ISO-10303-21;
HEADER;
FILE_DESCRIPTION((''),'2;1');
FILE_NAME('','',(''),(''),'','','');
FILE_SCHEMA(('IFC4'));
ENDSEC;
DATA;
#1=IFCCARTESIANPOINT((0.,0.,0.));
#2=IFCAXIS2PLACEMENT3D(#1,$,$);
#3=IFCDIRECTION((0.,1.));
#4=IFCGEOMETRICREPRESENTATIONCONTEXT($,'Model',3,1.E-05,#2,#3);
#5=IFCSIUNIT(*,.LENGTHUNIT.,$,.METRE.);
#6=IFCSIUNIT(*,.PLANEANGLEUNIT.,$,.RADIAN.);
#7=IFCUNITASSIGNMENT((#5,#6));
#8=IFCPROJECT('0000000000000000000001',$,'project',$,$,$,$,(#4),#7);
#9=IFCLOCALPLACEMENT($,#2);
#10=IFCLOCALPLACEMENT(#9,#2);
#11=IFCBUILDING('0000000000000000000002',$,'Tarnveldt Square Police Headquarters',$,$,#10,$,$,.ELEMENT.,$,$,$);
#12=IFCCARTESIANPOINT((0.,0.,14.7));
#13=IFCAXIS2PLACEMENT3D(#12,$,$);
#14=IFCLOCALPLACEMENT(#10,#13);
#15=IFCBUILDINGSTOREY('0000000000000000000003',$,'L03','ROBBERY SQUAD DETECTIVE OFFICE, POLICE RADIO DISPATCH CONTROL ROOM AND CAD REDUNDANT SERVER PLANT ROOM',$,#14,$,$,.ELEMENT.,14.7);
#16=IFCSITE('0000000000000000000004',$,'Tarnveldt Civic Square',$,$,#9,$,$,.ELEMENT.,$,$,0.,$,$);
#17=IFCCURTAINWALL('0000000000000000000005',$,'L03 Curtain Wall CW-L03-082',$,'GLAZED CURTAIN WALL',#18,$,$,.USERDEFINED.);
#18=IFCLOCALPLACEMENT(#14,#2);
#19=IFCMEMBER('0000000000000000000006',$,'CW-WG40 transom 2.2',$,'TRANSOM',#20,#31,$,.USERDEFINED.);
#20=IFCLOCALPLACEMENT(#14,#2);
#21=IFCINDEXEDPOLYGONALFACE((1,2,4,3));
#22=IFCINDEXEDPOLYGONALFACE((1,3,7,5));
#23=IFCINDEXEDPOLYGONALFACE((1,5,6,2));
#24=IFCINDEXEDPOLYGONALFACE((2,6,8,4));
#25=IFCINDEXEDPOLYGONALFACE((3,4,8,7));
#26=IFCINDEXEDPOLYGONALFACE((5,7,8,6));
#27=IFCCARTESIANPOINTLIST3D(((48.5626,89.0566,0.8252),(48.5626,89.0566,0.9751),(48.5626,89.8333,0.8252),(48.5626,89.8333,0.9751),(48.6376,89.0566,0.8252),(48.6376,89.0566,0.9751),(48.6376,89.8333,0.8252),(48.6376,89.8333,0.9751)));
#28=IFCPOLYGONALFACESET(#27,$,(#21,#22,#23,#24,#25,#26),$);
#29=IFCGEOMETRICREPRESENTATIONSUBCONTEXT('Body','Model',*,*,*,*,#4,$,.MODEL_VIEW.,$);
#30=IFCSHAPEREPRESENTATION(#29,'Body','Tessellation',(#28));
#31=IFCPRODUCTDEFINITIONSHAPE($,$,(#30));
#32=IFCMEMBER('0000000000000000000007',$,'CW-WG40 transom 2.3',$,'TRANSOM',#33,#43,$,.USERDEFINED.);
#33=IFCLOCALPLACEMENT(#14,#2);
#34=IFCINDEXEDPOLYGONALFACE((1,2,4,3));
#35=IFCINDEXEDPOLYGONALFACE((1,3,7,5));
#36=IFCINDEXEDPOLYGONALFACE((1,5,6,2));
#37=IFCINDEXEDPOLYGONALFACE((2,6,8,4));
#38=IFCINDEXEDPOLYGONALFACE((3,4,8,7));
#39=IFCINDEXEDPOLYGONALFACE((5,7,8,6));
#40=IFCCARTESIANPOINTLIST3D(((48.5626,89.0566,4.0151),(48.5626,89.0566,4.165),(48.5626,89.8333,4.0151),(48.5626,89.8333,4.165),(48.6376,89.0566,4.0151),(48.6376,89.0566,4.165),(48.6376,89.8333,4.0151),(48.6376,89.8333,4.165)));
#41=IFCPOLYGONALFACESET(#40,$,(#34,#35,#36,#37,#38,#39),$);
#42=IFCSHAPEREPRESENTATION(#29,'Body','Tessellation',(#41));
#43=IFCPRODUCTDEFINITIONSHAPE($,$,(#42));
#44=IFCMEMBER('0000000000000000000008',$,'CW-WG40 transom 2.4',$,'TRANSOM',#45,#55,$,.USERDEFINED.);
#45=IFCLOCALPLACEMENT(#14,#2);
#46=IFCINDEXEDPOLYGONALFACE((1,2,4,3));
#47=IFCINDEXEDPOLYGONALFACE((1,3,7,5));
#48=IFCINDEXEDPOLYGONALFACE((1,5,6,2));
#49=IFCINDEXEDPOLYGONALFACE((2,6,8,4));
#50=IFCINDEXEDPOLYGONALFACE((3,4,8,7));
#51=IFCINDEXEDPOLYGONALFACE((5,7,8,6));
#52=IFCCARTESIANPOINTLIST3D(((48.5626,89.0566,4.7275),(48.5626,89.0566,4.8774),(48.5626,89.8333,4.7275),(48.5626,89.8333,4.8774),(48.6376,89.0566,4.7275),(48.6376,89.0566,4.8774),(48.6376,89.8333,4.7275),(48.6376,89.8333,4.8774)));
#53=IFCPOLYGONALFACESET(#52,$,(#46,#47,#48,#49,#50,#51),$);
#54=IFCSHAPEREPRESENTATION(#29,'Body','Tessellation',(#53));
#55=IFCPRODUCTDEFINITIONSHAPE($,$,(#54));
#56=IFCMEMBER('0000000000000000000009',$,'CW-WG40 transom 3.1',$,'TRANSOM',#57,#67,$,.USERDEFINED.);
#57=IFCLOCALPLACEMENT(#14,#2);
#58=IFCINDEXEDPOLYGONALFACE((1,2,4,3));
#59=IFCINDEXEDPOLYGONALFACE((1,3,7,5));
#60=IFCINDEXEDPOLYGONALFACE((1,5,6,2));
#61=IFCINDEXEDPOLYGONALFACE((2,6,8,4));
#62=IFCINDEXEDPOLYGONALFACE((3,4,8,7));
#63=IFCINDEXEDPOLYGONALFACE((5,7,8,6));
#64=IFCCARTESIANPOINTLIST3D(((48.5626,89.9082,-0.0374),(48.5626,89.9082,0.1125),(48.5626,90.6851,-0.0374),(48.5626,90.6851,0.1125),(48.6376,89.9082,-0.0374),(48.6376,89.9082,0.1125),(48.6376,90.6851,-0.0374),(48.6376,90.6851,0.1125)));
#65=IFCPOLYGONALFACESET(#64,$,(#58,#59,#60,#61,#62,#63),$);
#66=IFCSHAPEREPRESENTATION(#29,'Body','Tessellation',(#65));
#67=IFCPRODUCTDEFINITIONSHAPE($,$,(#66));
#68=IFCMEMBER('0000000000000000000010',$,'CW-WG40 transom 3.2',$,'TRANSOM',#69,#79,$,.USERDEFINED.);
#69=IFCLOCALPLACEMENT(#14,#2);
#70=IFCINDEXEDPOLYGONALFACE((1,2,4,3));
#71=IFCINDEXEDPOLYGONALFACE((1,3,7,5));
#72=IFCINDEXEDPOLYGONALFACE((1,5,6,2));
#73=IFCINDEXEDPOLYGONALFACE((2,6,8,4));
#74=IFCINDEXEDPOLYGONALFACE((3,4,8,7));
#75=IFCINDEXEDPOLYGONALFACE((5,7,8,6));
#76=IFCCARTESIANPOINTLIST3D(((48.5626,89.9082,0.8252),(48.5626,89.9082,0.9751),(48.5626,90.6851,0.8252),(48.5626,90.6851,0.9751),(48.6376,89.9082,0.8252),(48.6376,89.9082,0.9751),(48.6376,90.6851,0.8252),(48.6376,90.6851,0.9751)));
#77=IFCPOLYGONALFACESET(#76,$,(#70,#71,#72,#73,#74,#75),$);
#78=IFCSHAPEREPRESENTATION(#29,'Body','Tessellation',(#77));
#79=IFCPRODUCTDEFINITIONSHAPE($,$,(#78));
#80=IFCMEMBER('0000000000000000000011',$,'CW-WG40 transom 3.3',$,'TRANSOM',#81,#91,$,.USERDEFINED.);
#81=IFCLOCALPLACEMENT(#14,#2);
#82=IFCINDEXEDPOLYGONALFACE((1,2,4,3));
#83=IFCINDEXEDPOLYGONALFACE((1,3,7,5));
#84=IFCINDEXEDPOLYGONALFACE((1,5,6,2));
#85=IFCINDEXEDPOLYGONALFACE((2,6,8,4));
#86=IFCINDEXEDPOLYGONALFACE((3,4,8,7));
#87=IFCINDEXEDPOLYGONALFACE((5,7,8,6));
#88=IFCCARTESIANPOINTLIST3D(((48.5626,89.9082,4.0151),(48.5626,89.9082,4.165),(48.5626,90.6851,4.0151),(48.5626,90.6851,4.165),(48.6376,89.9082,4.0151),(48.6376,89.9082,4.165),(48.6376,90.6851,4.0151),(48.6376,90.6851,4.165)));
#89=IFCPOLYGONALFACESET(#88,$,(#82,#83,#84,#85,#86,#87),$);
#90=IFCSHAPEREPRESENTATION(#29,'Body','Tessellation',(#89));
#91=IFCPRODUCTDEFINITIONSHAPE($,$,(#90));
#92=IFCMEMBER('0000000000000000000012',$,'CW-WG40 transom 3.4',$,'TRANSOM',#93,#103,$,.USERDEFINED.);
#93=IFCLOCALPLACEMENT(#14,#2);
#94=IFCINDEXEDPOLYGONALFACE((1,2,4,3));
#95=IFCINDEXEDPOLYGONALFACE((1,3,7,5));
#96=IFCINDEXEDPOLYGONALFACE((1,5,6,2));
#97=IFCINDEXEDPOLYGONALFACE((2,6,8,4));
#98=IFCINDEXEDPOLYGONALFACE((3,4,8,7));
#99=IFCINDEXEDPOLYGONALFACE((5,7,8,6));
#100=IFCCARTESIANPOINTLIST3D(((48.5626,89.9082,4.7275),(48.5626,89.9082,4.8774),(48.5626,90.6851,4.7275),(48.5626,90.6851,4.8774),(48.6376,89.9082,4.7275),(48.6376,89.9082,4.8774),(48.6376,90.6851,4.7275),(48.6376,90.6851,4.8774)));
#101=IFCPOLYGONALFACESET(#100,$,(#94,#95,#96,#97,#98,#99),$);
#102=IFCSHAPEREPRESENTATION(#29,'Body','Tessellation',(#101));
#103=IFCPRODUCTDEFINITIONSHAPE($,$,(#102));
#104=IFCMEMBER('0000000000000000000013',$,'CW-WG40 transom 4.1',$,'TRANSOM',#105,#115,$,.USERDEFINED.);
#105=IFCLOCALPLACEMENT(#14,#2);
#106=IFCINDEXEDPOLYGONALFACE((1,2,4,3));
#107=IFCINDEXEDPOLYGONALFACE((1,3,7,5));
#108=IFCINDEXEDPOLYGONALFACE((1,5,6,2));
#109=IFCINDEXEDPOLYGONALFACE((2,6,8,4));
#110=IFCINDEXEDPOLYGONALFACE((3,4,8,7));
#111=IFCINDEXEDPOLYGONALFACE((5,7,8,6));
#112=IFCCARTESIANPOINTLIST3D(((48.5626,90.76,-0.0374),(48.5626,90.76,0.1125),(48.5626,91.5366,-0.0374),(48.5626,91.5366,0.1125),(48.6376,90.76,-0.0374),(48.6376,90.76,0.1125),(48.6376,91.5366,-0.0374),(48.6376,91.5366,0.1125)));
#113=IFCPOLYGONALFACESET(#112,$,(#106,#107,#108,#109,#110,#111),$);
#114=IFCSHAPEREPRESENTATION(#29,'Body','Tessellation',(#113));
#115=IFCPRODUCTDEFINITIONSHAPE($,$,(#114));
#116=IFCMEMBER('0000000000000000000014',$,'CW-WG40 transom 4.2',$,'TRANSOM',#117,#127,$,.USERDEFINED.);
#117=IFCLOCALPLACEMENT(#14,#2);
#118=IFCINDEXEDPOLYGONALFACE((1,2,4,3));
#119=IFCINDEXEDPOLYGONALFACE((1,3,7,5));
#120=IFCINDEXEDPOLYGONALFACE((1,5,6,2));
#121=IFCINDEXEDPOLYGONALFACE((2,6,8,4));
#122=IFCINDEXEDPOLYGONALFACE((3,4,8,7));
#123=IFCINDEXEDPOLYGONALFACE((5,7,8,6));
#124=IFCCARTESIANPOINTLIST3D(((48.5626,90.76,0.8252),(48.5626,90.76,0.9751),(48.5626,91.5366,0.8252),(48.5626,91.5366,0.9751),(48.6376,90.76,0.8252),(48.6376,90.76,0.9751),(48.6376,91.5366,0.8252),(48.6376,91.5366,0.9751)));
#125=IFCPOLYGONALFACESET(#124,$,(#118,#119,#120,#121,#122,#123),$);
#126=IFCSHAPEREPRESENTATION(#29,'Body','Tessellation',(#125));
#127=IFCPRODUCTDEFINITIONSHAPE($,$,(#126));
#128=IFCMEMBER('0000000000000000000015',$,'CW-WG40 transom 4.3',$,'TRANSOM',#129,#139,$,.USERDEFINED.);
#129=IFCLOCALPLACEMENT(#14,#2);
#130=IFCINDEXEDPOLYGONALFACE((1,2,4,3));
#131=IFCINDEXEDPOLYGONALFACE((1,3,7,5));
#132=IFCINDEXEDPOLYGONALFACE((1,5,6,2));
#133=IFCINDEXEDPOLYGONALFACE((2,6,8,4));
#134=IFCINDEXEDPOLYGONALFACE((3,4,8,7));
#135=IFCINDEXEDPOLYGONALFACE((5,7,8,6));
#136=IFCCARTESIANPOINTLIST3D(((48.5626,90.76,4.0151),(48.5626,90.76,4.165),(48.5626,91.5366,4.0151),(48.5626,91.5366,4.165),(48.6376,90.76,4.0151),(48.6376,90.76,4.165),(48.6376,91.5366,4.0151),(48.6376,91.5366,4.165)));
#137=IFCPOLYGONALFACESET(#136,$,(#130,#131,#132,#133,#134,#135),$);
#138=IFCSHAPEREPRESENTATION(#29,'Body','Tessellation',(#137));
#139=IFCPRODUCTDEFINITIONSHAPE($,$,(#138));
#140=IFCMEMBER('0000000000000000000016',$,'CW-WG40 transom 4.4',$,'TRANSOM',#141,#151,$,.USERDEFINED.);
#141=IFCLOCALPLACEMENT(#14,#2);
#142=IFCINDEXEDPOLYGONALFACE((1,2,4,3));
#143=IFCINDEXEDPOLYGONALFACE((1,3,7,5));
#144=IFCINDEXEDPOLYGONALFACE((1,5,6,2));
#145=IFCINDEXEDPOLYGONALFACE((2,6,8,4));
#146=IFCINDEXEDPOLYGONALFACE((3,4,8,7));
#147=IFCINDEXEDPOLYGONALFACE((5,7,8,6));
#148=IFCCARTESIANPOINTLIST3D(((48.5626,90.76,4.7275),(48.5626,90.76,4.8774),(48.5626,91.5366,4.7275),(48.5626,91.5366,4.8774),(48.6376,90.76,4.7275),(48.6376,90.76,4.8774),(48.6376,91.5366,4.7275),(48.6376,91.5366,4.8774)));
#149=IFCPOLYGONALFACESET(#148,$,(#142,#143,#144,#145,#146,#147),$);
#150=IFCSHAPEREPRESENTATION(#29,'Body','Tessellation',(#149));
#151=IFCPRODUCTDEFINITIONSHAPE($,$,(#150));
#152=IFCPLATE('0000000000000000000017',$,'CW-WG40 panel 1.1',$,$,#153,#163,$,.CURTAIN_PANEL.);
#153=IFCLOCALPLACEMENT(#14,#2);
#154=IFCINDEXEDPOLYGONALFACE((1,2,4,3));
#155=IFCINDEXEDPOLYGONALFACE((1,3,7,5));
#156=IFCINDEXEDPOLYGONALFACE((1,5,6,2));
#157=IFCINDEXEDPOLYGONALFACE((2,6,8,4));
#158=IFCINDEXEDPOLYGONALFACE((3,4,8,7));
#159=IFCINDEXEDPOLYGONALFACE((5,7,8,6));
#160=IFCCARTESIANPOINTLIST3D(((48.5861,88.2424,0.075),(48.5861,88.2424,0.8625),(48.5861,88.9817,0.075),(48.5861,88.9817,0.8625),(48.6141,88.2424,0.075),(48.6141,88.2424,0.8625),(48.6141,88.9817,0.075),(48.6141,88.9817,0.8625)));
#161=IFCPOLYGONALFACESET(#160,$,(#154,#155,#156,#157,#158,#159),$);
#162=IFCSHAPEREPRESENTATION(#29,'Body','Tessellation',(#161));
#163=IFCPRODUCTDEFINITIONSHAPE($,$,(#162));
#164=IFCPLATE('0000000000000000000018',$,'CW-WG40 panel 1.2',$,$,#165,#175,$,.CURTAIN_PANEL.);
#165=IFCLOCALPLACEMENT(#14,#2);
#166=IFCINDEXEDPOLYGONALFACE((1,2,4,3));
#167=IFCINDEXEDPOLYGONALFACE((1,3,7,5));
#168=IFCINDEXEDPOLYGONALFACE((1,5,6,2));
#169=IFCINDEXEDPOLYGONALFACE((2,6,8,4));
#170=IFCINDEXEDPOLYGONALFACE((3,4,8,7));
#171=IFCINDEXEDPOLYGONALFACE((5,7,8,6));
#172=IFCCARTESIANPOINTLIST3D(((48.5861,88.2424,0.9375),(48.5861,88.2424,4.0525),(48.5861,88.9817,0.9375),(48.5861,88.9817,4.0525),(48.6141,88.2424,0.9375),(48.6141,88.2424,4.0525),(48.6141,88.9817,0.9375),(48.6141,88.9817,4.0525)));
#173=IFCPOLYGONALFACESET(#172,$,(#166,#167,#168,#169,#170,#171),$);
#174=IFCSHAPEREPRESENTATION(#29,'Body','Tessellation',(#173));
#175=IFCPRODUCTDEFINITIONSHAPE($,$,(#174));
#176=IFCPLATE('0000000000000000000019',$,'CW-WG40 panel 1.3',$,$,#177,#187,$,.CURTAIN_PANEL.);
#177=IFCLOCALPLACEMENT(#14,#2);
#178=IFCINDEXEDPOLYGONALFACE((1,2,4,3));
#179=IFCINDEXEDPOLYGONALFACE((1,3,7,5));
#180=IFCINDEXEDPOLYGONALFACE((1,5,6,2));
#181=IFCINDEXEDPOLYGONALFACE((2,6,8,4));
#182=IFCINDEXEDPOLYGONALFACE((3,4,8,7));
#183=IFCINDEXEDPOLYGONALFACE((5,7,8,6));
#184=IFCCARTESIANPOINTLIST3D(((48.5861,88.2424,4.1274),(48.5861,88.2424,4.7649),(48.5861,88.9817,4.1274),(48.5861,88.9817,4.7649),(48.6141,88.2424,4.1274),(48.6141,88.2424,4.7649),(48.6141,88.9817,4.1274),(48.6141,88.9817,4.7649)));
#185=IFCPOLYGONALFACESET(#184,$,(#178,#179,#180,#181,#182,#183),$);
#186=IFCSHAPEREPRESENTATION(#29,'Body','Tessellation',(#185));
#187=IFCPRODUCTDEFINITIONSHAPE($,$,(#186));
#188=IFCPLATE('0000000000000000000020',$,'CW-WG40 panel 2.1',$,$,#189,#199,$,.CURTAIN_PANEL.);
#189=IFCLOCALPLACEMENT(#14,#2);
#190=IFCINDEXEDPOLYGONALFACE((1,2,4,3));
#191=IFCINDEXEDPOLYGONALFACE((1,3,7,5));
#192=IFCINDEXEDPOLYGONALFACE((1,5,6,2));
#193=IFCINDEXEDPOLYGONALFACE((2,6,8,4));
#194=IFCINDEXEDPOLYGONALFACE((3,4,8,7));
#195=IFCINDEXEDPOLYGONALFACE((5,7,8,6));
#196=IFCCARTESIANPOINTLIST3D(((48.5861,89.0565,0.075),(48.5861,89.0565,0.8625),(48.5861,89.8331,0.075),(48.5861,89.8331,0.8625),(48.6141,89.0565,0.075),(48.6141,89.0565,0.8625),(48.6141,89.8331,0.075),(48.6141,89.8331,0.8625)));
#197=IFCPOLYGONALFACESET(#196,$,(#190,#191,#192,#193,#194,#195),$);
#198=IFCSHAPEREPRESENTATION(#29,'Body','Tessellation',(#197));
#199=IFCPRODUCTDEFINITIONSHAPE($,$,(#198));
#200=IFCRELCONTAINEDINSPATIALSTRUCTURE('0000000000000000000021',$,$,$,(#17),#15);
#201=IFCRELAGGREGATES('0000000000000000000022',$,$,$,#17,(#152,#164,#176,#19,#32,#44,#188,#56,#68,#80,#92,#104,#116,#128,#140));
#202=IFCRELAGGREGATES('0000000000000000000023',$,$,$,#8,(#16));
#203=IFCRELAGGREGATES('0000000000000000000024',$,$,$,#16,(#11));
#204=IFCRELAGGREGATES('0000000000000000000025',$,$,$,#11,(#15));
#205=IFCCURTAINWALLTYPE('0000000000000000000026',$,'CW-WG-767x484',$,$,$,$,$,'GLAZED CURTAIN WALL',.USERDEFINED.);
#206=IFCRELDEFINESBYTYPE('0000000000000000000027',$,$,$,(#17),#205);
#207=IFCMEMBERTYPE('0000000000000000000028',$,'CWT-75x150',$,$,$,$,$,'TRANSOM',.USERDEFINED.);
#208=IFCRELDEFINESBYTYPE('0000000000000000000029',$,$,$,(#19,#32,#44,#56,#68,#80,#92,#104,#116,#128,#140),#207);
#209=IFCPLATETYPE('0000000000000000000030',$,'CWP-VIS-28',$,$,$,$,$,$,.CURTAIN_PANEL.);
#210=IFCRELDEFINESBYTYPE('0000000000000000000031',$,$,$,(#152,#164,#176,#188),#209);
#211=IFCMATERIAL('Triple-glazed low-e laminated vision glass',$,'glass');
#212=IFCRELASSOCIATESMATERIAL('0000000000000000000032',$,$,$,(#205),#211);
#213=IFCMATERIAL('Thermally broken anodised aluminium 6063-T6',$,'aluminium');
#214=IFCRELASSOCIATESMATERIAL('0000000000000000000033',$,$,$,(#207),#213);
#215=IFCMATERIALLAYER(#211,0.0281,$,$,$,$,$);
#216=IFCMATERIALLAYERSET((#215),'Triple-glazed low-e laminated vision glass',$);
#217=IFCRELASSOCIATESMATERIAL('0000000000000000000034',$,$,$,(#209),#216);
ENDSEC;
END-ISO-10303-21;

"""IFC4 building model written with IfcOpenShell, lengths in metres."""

from ifc_helpers import new_model, si_unit, direction, frame, origin, origin_2d, place, context, subcontext, project, spatial, rectangle, extrude, material, layer, layer_set, material_profile, profile_set, type_object, element, aggregate, save


model = new_model("IFC4")

# Units and contexts
model_context = context("Model", 3, precision=1e-05, world=origin(), true_north=direction((0.0, 1.0)))
body_context = subcontext(model_context, "Body", "Model", "MODEL_VIEW")
ifc_project = project(units=[si_unit("LENGTHUNIT", "METRE"), si_unit("PLANEANGLEUNIT", "RADIAN")], contexts=[model_context])

# Site, building, storey
site_placement = place(None, origin())
site = spatial("IfcSite", under=ifc_project, at=site_placement, Name="Tarnveldt Civic Square", CompositionType="ELEMENT", RefElevation=0.0)
building_placement = place(site_placement, origin())
building = spatial("IfcBuilding", under=site, at=building_placement, Name="Tarnveldt Square Police Headquarters", CompositionType="ELEMENT")
storey_placement = place(building_placement, frame((0.0, 0.0, 14.7)))
storey = spatial("IfcBuildingStorey", under=building, at=storey_placement, Name="L03", Description="ROBBERY SQUAD DETECTIVE OFFICE, POLICE RADIO DISPATCH CONTROL ROOM AND CAD REDUNDANT SERVER PLANT ROOM", CompositionType="ELEMENT", Elevation=14.7)

# Curtain wall, members, plates
ifc_material_1 = material(Name="Triple-glazed low-e laminated vision glass", Category="glass")
curtain_wall_type = type_object("IfcCurtainWallType", Name="CW-WG-767x484", ElementType="GLAZED CURTAIN WALL", PredefinedType="USERDEFINED", material=ifc_material_1)
curtain_wall_placement = place(storey_placement, origin())
curtain_wall = element("IfcCurtainWall", 1, at=curtain_wall_placement, inside=storey, type_object=curtain_wall_type, Name="L03 Curtain Wall CW-L03-082", ObjectType="GLAZED CURTAIN WALL", PredefinedType="USERDEFINED")
ifc_material_2 = material(Name="Thermally broken anodised aluminium 6063-T6", Category="aluminium")
ifc_material_profile_1 = material_profile(ifc_material_2, rectangle(XDim=0.075, YDim=0.1499, at=origin_2d()), Name="CW-T75x150")
ifc_profile_set_1 = profile_set([ifc_material_profile_1], Name="Thermally broken anodised aluminium 6063-T6")
member_type_1 = type_object("IfcMemberType", Name="CWT-75x150", ElementType="TRANSOM", PredefinedType="USERDEFINED", material=ifc_profile_set_1)
member_1_placement = place(storey_placement, frame((48.6001, 89.0566, 0.9001), z_axis=(0.0, 1.0, 0.0), x_axis=(-1.0, 0.0, 0.0)))
member_1 = element("IfcMember", 2, at=member_1_placement, type_object=member_type_1, Name="CW-WG40 transom 2.2", ObjectType="TRANSOM", PredefinedType="USERDEFINED", context=body_context, shape_type="SweptSolid", body=[
    extrude(rectangle(XDim=0.075, YDim=0.1499, at=origin_2d()), origin(), (0.0, 0.0, 1.0), 0.7766),
])
member_2_placement = place(storey_placement, frame((48.6001, 89.0566, 4.0901), z_axis=(0.0, 1.0, 0.0), x_axis=(-1.0, 0.0, 0.0)))
member_2 = element("IfcMember", 3, at=member_2_placement, type_object=member_type_1, Name="CW-WG40 transom 2.3", ObjectType="TRANSOM", PredefinedType="USERDEFINED", context=body_context, shape_type="SweptSolid", body=[
    extrude(rectangle(XDim=0.075, YDim=0.1499, at=origin_2d()), origin(), (0.0, 0.0, 1.0), 0.7766),
])
member_3_placement = place(storey_placement, frame((48.6001, 89.0566, 4.8025), z_axis=(0.0, 1.0, 0.0), x_axis=(-1.0, 0.0, 0.0)))
member_3 = element("IfcMember", 4, at=member_3_placement, type_object=member_type_1, Name="CW-WG40 transom 2.4", ObjectType="TRANSOM", PredefinedType="USERDEFINED", context=body_context, shape_type="SweptSolid", body=[
    extrude(rectangle(XDim=0.075, YDim=0.1499, at=origin_2d()), origin(), (0.0, 0.0, 1.0), 0.7766),
])
member_4_placement = place(storey_placement, frame((48.6001, 89.9082, 0.0376), z_axis=(0.0, 1.0, 0.0), x_axis=(-1.0, 0.0, 0.0)))
member_4 = element("IfcMember", 5, at=member_4_placement, type_object=member_type_1, Name="CW-WG40 transom 3.1", ObjectType="TRANSOM", PredefinedType="USERDEFINED", context=body_context, shape_type="SweptSolid", body=[
    extrude(rectangle(XDim=0.075, YDim=0.1499, at=origin_2d()), origin(), (0.0, 0.0, 1.0), 0.7769),
])
member_5_placement = place(storey_placement, frame((48.6001, 89.9082, 0.9001), z_axis=(0.0, 1.0, 0.0), x_axis=(-1.0, 0.0, 0.0)))
member_5 = element("IfcMember", 6, at=member_5_placement, type_object=member_type_1, Name="CW-WG40 transom 3.2", ObjectType="TRANSOM", PredefinedType="USERDEFINED", context=body_context, shape_type="SweptSolid", body=[
    extrude(rectangle(XDim=0.075, YDim=0.1499, at=origin_2d()), origin(), (0.0, 0.0, 1.0), 0.7769),
])
member_6_placement = place(storey_placement, frame((48.6001, 89.9082, 4.0901), z_axis=(0.0, 1.0, 0.0), x_axis=(-1.0, 0.0, 0.0)))
member_6 = element("IfcMember", 7, at=member_6_placement, type_object=member_type_1, Name="CW-WG40 transom 3.3", ObjectType="TRANSOM", PredefinedType="USERDEFINED", context=body_context, shape_type="SweptSolid", body=[
    extrude(rectangle(XDim=0.075, YDim=0.1499, at=origin_2d()), origin(), (0.0, 0.0, 1.0), 0.7769),
])
member_7_placement = place(storey_placement, frame((48.6001, 89.9082, 4.8025), z_axis=(0.0, 1.0, 0.0), x_axis=(-1.0, 0.0, 0.0)))
member_7 = element("IfcMember", 8, at=member_7_placement, type_object=member_type_1, Name="CW-WG40 transom 3.4", ObjectType="TRANSOM", PredefinedType="USERDEFINED", context=body_context, shape_type="SweptSolid", body=[
    extrude(rectangle(XDim=0.075, YDim=0.1499, at=origin_2d()), origin(), (0.0, 0.0, 1.0), 0.7769),
])
member_8_placement = place(storey_placement, frame((48.6001, 90.76, 0.0376), z_axis=(0.0, 1.0, 0.0), x_axis=(-1.0, 0.0, 0.0)))
member_8 = element("IfcMember", 9, at=member_8_placement, type_object=member_type_1, Name="CW-WG40 transom 4.1", ObjectType="TRANSOM", PredefinedType="USERDEFINED", context=body_context, shape_type="SweptSolid", body=[
    extrude(rectangle(XDim=0.075, YDim=0.1499, at=origin_2d()), origin(), (0.0, 0.0, 1.0), 0.7766),
])
member_9_placement = place(storey_placement, frame((48.6001, 90.76, 0.9001), z_axis=(0.0, 1.0, 0.0), x_axis=(-1.0, 0.0, 0.0)))
member_9 = element("IfcMember", 10, at=member_9_placement, type_object=member_type_1, Name="CW-WG40 transom 4.2", ObjectType="TRANSOM", PredefinedType="USERDEFINED", context=body_context, shape_type="SweptSolid", body=[
    extrude(rectangle(XDim=0.075, YDim=0.1499, at=origin_2d()), origin(), (0.0, 0.0, 1.0), 0.7766),
])
member_10_placement = place(storey_placement, frame((48.6001, 90.76, 4.0901), z_axis=(0.0, 1.0, 0.0), x_axis=(-1.0, 0.0, 0.0)))
member_10 = element("IfcMember", 11, at=member_10_placement, type_object=member_type_1, Name="CW-WG40 transom 4.3", ObjectType="TRANSOM", PredefinedType="USERDEFINED", context=body_context, shape_type="SweptSolid", body=[
    extrude(rectangle(XDim=0.075, YDim=0.1499, at=origin_2d()), origin(), (0.0, 0.0, 1.0), 0.7766),
])
member_11_placement = place(storey_placement, frame((48.6001, 90.76, 4.8025), z_axis=(0.0, 1.0, 0.0), x_axis=(-1.0, 0.0, 0.0)))
member_11 = element("IfcMember", 12, at=member_11_placement, type_object=member_type_1, Name="CW-WG40 transom 4.4", ObjectType="TRANSOM", PredefinedType="USERDEFINED", context=body_context, shape_type="SweptSolid", body=[
    extrude(rectangle(XDim=0.075, YDim=0.1499, at=origin_2d()), origin(), (0.0, 0.0, 1.0), 0.7766),
])
ifc_layer = layer(ifc_material_1, 0.0281)
ifc_layer_set = layer_set([ifc_layer], Name="Triple-glazed low-e laminated vision glass")
plate_type = type_object("IfcPlateType", Name="CWP-VIS-28", PredefinedType="CURTAIN_PANEL", material=ifc_layer_set)
plate_1_placement = place(storey_placement, frame((48.6001, 88.6121, 0.075), z_axis=(0.0, 0.0, 1.0), x_axis=(0.0, 1.0, 0.0)))
plate_1 = element("IfcPlate", 13, at=plate_1_placement, type_object=plate_type, Name="CW-WG40 panel 1.1", PredefinedType="CURTAIN_PANEL", context=body_context, shape_type="SweptSolid", body=[
    extrude(rectangle(XDim=0.7393, YDim=0.0281, at=origin_2d()), origin(), (0.0, 0.0, 1.0), 0.7876),
])
plate_2_placement = place(storey_placement, frame((48.6001, 88.6121, 0.9375), z_axis=(0.0, 0.0, 1.0), x_axis=(0.0, 1.0, 0.0)))
plate_2 = element("IfcPlate", 14, at=plate_2_placement, type_object=plate_type, Name="CW-WG40 panel 1.2", PredefinedType="CURTAIN_PANEL", context=body_context, shape_type="SweptSolid", body=[
    extrude(rectangle(XDim=0.7393, YDim=0.0281, at=origin_2d()), origin(), (0.0, 0.0, 1.0), 3.115),
])
plate_3_placement = place(storey_placement, frame((48.6001, 88.6121, 4.1274), z_axis=(0.0, 0.0, 1.0), x_axis=(0.0, 1.0, 0.0)))
plate_3 = element("IfcPlate", 15, at=plate_3_placement, type_object=plate_type, Name="CW-WG40 panel 1.3", PredefinedType="CURTAIN_PANEL", context=body_context, shape_type="SweptSolid", body=[
    extrude(rectangle(XDim=0.7393, YDim=0.0281, at=origin_2d()), origin(), (0.0, 0.0, 1.0), 0.6375),
])
plate_4_placement = place(storey_placement, frame((48.6001, 89.4448, 0.075), z_axis=(0.0, 0.0, 1.0), x_axis=(0.0, 1.0, 0.0)))
plate_4 = element("IfcPlate", 16, at=plate_4_placement, type_object=plate_type, Name="CW-WG40 panel 2.1", PredefinedType="CURTAIN_PANEL", context=body_context, shape_type="SweptSolid", body=[
    extrude(rectangle(XDim=0.7766, YDim=0.0281, at=origin_2d()), origin(), (0.0, 0.0, 1.0), 0.7876),
])
aggregate(curtain_wall, [plate_1, plate_2, plate_3, member_1, member_2, member_3, plate_4, member_4, member_5, member_6, member_7, member_8, member_9, member_10, member_11])

save(model, "model.ifc")
